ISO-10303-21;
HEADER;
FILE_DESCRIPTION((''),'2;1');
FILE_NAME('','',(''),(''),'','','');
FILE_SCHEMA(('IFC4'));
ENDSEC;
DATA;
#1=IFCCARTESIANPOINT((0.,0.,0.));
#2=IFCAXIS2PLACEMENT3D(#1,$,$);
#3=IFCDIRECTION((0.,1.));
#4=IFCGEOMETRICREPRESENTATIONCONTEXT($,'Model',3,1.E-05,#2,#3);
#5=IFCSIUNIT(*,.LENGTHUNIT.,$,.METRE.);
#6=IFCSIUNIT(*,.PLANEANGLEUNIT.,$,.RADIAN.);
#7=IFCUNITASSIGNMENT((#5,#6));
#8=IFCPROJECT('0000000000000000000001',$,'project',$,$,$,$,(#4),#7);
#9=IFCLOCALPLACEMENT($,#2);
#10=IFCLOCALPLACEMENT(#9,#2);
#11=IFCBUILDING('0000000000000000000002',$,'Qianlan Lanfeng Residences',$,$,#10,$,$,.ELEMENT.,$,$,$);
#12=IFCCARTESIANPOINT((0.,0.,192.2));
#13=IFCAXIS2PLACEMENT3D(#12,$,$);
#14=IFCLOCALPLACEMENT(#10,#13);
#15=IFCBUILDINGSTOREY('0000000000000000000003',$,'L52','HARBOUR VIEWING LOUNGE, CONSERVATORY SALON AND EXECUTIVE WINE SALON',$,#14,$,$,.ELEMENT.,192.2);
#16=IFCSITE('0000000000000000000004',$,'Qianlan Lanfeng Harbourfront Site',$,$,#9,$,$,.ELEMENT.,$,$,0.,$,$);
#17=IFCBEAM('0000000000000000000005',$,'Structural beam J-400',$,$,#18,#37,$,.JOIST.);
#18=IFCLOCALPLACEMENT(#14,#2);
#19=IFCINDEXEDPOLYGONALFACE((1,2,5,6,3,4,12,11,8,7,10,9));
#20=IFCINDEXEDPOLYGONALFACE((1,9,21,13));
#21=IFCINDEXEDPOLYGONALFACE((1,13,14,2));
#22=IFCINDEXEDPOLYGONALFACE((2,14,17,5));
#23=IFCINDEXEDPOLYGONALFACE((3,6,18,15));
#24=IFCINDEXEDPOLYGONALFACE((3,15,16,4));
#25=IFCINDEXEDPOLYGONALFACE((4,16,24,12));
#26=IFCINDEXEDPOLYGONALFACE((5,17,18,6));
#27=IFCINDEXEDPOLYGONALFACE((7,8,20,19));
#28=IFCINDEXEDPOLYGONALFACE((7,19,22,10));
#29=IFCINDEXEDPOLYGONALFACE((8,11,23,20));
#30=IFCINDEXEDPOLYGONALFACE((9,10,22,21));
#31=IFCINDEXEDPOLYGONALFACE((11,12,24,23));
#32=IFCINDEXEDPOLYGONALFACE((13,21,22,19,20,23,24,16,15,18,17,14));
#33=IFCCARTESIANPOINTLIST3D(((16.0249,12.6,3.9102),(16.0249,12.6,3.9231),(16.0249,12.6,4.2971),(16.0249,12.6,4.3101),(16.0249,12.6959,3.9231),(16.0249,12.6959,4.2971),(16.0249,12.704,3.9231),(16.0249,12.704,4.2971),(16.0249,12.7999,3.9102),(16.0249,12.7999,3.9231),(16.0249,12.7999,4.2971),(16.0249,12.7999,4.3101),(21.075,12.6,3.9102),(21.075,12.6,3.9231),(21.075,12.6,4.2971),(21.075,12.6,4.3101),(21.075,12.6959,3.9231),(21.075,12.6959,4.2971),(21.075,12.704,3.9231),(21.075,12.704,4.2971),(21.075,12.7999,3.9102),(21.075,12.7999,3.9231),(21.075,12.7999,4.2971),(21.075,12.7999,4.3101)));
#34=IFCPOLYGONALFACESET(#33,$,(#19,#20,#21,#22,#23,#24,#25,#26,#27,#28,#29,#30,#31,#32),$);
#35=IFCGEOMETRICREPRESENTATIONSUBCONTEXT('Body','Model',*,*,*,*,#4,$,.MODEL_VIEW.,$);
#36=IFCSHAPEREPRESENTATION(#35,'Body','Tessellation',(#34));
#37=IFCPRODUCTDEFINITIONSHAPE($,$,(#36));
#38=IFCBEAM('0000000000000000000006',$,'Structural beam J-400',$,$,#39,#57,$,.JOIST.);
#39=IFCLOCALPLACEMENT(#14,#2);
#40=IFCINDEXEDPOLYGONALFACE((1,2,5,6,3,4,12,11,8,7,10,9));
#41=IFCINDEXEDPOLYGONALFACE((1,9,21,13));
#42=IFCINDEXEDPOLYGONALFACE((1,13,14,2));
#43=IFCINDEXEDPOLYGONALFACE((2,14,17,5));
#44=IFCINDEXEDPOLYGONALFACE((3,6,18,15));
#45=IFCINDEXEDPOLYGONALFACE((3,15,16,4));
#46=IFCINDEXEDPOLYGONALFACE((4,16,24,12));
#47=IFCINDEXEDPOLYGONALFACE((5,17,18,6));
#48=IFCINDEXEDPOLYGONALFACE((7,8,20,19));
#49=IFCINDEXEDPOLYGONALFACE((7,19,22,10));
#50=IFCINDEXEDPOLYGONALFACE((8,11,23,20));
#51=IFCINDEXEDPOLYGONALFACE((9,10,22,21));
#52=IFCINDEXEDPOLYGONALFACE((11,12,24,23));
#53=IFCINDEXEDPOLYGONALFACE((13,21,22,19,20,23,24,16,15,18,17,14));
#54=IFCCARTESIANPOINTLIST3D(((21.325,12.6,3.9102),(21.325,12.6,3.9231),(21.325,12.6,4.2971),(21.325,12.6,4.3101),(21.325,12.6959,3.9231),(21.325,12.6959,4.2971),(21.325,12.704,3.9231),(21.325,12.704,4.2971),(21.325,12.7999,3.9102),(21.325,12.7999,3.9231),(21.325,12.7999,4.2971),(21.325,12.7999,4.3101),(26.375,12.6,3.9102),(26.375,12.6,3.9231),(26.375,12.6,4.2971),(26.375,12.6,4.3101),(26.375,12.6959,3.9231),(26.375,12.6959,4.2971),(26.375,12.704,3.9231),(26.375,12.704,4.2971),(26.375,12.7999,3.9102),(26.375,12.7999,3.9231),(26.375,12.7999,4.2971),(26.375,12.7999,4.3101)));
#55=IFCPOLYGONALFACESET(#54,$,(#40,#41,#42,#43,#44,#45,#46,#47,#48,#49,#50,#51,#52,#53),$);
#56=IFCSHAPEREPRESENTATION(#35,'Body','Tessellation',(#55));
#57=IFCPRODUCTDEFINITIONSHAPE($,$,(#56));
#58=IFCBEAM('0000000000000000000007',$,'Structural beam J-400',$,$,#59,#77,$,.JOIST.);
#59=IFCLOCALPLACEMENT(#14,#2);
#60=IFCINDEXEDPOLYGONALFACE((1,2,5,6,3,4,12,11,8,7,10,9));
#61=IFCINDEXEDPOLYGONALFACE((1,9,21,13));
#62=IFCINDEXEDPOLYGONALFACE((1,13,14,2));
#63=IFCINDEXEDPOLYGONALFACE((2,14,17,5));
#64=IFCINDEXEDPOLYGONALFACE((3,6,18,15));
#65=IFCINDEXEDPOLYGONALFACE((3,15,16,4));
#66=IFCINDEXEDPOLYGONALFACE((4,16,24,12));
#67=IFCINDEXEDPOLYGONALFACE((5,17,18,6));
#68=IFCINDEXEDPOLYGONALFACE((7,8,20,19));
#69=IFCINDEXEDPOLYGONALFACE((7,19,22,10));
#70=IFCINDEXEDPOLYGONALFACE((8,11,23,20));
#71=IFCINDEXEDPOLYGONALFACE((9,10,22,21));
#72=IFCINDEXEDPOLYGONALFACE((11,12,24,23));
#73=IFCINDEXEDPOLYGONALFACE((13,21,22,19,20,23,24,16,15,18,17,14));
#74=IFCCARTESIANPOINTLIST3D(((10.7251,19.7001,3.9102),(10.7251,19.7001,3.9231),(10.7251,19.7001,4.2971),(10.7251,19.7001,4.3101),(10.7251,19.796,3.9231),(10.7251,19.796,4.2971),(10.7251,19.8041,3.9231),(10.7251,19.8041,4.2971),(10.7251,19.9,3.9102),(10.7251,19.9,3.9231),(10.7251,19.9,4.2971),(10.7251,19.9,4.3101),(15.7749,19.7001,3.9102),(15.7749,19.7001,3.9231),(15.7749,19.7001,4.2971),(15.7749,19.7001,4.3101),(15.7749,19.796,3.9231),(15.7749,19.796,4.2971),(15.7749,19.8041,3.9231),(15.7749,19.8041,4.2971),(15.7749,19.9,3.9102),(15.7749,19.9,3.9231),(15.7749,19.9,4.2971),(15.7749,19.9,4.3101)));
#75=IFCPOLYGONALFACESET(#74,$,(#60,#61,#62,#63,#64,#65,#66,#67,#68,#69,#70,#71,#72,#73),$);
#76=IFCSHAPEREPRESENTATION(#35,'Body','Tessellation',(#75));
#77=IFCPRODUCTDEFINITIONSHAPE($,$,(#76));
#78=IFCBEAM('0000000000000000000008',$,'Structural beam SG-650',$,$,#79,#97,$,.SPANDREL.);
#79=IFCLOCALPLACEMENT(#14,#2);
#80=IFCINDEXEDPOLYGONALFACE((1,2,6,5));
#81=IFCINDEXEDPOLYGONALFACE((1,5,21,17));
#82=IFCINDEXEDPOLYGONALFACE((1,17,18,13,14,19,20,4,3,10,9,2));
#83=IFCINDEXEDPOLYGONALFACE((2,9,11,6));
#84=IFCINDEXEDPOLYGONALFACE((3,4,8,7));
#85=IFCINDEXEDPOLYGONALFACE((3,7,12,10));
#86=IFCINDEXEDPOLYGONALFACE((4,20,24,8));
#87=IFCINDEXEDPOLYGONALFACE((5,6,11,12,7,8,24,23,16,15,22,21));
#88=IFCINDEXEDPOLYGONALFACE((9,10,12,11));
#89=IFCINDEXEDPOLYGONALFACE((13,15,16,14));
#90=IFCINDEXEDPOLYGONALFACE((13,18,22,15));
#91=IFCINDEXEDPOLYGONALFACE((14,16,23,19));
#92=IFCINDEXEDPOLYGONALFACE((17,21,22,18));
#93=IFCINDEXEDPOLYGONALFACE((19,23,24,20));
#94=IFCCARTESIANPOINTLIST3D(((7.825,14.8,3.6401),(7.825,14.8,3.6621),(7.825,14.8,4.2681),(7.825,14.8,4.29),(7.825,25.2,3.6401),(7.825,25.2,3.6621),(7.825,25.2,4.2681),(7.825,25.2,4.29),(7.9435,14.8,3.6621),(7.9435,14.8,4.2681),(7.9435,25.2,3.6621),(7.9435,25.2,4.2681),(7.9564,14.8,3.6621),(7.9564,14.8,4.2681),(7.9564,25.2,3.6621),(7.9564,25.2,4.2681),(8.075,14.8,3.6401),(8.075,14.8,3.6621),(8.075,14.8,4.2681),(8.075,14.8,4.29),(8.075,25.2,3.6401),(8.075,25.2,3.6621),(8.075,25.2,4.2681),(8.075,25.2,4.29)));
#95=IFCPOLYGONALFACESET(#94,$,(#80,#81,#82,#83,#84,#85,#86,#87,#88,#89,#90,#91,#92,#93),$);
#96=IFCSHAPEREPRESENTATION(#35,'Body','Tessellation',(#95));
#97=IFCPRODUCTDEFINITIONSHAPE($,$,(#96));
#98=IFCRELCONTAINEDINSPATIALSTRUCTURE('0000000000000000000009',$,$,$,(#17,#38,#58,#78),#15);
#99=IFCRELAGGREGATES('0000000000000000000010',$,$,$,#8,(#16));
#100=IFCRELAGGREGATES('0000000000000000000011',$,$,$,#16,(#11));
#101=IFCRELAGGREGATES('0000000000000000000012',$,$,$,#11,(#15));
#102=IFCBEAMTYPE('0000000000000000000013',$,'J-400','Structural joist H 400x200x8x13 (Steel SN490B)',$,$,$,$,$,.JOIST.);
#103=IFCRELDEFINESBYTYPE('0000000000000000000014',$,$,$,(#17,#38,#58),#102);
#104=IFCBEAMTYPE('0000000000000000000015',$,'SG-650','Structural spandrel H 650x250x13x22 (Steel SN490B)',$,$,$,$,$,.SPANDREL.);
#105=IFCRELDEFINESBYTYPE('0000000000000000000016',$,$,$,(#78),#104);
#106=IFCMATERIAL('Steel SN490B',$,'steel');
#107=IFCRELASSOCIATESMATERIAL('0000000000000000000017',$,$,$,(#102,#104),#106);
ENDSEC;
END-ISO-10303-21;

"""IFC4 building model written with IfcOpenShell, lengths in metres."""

from ifc_helpers import new_model, si_unit, direction, frame, origin, origin_2d, place, context, subcontext, project, spatial, i_section, extrude, material, material_profile, profile_set, type_object, element, save


model = new_model("IFC4")

# Units and contexts
model_context = context("Model", 3, precision=1e-05, world=origin(), true_north=direction((0.0, 1.0)))
body_context = subcontext(model_context, "Body", "Model", "MODEL_VIEW")
ifc_project = project(units=[si_unit("LENGTHUNIT", "METRE"), si_unit("PLANEANGLEUNIT", "RADIAN")], contexts=[model_context])

# Site, building, storey
site_placement = place(None, origin())
site = spatial("IfcSite", under=ifc_project, at=site_placement, Name="Qianlan Lanfeng Harbourfront Site", CompositionType="ELEMENT", RefElevation=0.0)
building_placement = place(site_placement, origin())
building = spatial("IfcBuilding", under=site, at=building_placement, Name="Qianlan Lanfeng Residences", CompositionType="ELEMENT")
storey_placement = place(building_placement, frame((0.0, 0.0, 192.2)))
storey = spatial("IfcBuildingStorey", under=building, at=storey_placement, Name="L52", Description="HARBOUR VIEWING LOUNGE, CONSERVATORY SALON AND EXECUTIVE WINE SALON", CompositionType="ELEMENT", Elevation=192.2)

# Shared definitions
ifc_material = material(Name="Steel SN490B", Category="steel")

# Beams
ifc_material_profile_1 = material_profile(ifc_material, i_section(OverallWidth=0.2, OverallDepth=0.3999, WebThickness=0.0081, FlangeThickness=0.0129, at=origin_2d()), Name="H 400x200x8x13")
ifc_profile_set_1 = profile_set([ifc_material_profile_1], Name="Steel SN490B")
beam_type_1 = type_object("IfcBeamType", Name="J-400", Description="Structural joist H 400x200x8x13 (Steel SN490B)", PredefinedType="JOIST", material=ifc_profile_set_1)
for number, where, z_axis, x_axis, name in (
    (1, (16.0249, 12.7, 4.1101), (1.0, 0.0, 0.0), (0.0, 1.0, 0.0), "Structural beam J-400"),
    (2, (21.325, 12.7, 4.1101), (1.0, 0.0, 0.0), (0.0, 1.0, 0.0), "Structural beam J-400"),
):
    element("IfcBeam", number, at=place(storey_placement, frame(where, z_axis=z_axis, x_axis=x_axis)), inside=storey, type_object=beam_type_1, Name=name, PredefinedType="JOIST", context=body_context, shape_type="SweptSolid", body=[
        extrude(i_section(OverallWidth=0.2, OverallDepth=0.3999, WebThickness=0.0081, FlangeThickness=0.0129, at=origin_2d()), origin(), (0.0, 0.0, 1.0), 5.05),
    ])
beam_1_placement = place(storey_placement, frame((10.7251, 19.8, 4.1101), z_axis=(1.0, 0.0, 0.0), x_axis=(0.0, 1.0, 0.0)))
element("IfcBeam", 3, at=beam_1_placement, inside=storey, type_object=beam_type_1, Name="Structural beam J-400", PredefinedType="JOIST", context=body_context, shape_type="SweptSolid", body=[
    extrude(i_section(OverallWidth=0.2, OverallDepth=0.3999, WebThickness=0.0081, FlangeThickness=0.0129, at=origin_2d()), origin(), (0.0, 0.0, 1.0), 5.0498),
])
ifc_material_profile_2 = material_profile(ifc_material, i_section(OverallWidth=0.25, OverallDepth=0.6499, WebThickness=0.0129, FlangeThickness=0.022, at=origin_2d()), Name="H 650x250x13x22")
ifc_profile_set_2 = profile_set([ifc_material_profile_2], Name="Steel SN490B")
beam_type_2 = type_object("IfcBeamType", Name="SG-650", Description="Structural spandrel H 650x250x13x22 (Steel SN490B)", PredefinedType="SPANDREL", material=ifc_profile_set_2)
beam_2_placement = place(storey_placement, frame((7.95, 14.8, 3.9651), z_axis=(0.0, 1.0, 0.0), x_axis=(-1.0, 0.0, 0.0)))
element("IfcBeam", 4, at=beam_2_placement, inside=storey, type_object=beam_type_2, Name="Structural beam SG-650", PredefinedType="SPANDREL", context=body_context, shape_type="SweptSolid", body=[
    extrude(i_section(OverallWidth=0.25, OverallDepth=0.6499, WebThickness=0.0129, FlangeThickness=0.022, at=origin_2d()), origin(), (0.0, 0.0, 1.0), 10.3999),
])

save(model, "model.ifc")
